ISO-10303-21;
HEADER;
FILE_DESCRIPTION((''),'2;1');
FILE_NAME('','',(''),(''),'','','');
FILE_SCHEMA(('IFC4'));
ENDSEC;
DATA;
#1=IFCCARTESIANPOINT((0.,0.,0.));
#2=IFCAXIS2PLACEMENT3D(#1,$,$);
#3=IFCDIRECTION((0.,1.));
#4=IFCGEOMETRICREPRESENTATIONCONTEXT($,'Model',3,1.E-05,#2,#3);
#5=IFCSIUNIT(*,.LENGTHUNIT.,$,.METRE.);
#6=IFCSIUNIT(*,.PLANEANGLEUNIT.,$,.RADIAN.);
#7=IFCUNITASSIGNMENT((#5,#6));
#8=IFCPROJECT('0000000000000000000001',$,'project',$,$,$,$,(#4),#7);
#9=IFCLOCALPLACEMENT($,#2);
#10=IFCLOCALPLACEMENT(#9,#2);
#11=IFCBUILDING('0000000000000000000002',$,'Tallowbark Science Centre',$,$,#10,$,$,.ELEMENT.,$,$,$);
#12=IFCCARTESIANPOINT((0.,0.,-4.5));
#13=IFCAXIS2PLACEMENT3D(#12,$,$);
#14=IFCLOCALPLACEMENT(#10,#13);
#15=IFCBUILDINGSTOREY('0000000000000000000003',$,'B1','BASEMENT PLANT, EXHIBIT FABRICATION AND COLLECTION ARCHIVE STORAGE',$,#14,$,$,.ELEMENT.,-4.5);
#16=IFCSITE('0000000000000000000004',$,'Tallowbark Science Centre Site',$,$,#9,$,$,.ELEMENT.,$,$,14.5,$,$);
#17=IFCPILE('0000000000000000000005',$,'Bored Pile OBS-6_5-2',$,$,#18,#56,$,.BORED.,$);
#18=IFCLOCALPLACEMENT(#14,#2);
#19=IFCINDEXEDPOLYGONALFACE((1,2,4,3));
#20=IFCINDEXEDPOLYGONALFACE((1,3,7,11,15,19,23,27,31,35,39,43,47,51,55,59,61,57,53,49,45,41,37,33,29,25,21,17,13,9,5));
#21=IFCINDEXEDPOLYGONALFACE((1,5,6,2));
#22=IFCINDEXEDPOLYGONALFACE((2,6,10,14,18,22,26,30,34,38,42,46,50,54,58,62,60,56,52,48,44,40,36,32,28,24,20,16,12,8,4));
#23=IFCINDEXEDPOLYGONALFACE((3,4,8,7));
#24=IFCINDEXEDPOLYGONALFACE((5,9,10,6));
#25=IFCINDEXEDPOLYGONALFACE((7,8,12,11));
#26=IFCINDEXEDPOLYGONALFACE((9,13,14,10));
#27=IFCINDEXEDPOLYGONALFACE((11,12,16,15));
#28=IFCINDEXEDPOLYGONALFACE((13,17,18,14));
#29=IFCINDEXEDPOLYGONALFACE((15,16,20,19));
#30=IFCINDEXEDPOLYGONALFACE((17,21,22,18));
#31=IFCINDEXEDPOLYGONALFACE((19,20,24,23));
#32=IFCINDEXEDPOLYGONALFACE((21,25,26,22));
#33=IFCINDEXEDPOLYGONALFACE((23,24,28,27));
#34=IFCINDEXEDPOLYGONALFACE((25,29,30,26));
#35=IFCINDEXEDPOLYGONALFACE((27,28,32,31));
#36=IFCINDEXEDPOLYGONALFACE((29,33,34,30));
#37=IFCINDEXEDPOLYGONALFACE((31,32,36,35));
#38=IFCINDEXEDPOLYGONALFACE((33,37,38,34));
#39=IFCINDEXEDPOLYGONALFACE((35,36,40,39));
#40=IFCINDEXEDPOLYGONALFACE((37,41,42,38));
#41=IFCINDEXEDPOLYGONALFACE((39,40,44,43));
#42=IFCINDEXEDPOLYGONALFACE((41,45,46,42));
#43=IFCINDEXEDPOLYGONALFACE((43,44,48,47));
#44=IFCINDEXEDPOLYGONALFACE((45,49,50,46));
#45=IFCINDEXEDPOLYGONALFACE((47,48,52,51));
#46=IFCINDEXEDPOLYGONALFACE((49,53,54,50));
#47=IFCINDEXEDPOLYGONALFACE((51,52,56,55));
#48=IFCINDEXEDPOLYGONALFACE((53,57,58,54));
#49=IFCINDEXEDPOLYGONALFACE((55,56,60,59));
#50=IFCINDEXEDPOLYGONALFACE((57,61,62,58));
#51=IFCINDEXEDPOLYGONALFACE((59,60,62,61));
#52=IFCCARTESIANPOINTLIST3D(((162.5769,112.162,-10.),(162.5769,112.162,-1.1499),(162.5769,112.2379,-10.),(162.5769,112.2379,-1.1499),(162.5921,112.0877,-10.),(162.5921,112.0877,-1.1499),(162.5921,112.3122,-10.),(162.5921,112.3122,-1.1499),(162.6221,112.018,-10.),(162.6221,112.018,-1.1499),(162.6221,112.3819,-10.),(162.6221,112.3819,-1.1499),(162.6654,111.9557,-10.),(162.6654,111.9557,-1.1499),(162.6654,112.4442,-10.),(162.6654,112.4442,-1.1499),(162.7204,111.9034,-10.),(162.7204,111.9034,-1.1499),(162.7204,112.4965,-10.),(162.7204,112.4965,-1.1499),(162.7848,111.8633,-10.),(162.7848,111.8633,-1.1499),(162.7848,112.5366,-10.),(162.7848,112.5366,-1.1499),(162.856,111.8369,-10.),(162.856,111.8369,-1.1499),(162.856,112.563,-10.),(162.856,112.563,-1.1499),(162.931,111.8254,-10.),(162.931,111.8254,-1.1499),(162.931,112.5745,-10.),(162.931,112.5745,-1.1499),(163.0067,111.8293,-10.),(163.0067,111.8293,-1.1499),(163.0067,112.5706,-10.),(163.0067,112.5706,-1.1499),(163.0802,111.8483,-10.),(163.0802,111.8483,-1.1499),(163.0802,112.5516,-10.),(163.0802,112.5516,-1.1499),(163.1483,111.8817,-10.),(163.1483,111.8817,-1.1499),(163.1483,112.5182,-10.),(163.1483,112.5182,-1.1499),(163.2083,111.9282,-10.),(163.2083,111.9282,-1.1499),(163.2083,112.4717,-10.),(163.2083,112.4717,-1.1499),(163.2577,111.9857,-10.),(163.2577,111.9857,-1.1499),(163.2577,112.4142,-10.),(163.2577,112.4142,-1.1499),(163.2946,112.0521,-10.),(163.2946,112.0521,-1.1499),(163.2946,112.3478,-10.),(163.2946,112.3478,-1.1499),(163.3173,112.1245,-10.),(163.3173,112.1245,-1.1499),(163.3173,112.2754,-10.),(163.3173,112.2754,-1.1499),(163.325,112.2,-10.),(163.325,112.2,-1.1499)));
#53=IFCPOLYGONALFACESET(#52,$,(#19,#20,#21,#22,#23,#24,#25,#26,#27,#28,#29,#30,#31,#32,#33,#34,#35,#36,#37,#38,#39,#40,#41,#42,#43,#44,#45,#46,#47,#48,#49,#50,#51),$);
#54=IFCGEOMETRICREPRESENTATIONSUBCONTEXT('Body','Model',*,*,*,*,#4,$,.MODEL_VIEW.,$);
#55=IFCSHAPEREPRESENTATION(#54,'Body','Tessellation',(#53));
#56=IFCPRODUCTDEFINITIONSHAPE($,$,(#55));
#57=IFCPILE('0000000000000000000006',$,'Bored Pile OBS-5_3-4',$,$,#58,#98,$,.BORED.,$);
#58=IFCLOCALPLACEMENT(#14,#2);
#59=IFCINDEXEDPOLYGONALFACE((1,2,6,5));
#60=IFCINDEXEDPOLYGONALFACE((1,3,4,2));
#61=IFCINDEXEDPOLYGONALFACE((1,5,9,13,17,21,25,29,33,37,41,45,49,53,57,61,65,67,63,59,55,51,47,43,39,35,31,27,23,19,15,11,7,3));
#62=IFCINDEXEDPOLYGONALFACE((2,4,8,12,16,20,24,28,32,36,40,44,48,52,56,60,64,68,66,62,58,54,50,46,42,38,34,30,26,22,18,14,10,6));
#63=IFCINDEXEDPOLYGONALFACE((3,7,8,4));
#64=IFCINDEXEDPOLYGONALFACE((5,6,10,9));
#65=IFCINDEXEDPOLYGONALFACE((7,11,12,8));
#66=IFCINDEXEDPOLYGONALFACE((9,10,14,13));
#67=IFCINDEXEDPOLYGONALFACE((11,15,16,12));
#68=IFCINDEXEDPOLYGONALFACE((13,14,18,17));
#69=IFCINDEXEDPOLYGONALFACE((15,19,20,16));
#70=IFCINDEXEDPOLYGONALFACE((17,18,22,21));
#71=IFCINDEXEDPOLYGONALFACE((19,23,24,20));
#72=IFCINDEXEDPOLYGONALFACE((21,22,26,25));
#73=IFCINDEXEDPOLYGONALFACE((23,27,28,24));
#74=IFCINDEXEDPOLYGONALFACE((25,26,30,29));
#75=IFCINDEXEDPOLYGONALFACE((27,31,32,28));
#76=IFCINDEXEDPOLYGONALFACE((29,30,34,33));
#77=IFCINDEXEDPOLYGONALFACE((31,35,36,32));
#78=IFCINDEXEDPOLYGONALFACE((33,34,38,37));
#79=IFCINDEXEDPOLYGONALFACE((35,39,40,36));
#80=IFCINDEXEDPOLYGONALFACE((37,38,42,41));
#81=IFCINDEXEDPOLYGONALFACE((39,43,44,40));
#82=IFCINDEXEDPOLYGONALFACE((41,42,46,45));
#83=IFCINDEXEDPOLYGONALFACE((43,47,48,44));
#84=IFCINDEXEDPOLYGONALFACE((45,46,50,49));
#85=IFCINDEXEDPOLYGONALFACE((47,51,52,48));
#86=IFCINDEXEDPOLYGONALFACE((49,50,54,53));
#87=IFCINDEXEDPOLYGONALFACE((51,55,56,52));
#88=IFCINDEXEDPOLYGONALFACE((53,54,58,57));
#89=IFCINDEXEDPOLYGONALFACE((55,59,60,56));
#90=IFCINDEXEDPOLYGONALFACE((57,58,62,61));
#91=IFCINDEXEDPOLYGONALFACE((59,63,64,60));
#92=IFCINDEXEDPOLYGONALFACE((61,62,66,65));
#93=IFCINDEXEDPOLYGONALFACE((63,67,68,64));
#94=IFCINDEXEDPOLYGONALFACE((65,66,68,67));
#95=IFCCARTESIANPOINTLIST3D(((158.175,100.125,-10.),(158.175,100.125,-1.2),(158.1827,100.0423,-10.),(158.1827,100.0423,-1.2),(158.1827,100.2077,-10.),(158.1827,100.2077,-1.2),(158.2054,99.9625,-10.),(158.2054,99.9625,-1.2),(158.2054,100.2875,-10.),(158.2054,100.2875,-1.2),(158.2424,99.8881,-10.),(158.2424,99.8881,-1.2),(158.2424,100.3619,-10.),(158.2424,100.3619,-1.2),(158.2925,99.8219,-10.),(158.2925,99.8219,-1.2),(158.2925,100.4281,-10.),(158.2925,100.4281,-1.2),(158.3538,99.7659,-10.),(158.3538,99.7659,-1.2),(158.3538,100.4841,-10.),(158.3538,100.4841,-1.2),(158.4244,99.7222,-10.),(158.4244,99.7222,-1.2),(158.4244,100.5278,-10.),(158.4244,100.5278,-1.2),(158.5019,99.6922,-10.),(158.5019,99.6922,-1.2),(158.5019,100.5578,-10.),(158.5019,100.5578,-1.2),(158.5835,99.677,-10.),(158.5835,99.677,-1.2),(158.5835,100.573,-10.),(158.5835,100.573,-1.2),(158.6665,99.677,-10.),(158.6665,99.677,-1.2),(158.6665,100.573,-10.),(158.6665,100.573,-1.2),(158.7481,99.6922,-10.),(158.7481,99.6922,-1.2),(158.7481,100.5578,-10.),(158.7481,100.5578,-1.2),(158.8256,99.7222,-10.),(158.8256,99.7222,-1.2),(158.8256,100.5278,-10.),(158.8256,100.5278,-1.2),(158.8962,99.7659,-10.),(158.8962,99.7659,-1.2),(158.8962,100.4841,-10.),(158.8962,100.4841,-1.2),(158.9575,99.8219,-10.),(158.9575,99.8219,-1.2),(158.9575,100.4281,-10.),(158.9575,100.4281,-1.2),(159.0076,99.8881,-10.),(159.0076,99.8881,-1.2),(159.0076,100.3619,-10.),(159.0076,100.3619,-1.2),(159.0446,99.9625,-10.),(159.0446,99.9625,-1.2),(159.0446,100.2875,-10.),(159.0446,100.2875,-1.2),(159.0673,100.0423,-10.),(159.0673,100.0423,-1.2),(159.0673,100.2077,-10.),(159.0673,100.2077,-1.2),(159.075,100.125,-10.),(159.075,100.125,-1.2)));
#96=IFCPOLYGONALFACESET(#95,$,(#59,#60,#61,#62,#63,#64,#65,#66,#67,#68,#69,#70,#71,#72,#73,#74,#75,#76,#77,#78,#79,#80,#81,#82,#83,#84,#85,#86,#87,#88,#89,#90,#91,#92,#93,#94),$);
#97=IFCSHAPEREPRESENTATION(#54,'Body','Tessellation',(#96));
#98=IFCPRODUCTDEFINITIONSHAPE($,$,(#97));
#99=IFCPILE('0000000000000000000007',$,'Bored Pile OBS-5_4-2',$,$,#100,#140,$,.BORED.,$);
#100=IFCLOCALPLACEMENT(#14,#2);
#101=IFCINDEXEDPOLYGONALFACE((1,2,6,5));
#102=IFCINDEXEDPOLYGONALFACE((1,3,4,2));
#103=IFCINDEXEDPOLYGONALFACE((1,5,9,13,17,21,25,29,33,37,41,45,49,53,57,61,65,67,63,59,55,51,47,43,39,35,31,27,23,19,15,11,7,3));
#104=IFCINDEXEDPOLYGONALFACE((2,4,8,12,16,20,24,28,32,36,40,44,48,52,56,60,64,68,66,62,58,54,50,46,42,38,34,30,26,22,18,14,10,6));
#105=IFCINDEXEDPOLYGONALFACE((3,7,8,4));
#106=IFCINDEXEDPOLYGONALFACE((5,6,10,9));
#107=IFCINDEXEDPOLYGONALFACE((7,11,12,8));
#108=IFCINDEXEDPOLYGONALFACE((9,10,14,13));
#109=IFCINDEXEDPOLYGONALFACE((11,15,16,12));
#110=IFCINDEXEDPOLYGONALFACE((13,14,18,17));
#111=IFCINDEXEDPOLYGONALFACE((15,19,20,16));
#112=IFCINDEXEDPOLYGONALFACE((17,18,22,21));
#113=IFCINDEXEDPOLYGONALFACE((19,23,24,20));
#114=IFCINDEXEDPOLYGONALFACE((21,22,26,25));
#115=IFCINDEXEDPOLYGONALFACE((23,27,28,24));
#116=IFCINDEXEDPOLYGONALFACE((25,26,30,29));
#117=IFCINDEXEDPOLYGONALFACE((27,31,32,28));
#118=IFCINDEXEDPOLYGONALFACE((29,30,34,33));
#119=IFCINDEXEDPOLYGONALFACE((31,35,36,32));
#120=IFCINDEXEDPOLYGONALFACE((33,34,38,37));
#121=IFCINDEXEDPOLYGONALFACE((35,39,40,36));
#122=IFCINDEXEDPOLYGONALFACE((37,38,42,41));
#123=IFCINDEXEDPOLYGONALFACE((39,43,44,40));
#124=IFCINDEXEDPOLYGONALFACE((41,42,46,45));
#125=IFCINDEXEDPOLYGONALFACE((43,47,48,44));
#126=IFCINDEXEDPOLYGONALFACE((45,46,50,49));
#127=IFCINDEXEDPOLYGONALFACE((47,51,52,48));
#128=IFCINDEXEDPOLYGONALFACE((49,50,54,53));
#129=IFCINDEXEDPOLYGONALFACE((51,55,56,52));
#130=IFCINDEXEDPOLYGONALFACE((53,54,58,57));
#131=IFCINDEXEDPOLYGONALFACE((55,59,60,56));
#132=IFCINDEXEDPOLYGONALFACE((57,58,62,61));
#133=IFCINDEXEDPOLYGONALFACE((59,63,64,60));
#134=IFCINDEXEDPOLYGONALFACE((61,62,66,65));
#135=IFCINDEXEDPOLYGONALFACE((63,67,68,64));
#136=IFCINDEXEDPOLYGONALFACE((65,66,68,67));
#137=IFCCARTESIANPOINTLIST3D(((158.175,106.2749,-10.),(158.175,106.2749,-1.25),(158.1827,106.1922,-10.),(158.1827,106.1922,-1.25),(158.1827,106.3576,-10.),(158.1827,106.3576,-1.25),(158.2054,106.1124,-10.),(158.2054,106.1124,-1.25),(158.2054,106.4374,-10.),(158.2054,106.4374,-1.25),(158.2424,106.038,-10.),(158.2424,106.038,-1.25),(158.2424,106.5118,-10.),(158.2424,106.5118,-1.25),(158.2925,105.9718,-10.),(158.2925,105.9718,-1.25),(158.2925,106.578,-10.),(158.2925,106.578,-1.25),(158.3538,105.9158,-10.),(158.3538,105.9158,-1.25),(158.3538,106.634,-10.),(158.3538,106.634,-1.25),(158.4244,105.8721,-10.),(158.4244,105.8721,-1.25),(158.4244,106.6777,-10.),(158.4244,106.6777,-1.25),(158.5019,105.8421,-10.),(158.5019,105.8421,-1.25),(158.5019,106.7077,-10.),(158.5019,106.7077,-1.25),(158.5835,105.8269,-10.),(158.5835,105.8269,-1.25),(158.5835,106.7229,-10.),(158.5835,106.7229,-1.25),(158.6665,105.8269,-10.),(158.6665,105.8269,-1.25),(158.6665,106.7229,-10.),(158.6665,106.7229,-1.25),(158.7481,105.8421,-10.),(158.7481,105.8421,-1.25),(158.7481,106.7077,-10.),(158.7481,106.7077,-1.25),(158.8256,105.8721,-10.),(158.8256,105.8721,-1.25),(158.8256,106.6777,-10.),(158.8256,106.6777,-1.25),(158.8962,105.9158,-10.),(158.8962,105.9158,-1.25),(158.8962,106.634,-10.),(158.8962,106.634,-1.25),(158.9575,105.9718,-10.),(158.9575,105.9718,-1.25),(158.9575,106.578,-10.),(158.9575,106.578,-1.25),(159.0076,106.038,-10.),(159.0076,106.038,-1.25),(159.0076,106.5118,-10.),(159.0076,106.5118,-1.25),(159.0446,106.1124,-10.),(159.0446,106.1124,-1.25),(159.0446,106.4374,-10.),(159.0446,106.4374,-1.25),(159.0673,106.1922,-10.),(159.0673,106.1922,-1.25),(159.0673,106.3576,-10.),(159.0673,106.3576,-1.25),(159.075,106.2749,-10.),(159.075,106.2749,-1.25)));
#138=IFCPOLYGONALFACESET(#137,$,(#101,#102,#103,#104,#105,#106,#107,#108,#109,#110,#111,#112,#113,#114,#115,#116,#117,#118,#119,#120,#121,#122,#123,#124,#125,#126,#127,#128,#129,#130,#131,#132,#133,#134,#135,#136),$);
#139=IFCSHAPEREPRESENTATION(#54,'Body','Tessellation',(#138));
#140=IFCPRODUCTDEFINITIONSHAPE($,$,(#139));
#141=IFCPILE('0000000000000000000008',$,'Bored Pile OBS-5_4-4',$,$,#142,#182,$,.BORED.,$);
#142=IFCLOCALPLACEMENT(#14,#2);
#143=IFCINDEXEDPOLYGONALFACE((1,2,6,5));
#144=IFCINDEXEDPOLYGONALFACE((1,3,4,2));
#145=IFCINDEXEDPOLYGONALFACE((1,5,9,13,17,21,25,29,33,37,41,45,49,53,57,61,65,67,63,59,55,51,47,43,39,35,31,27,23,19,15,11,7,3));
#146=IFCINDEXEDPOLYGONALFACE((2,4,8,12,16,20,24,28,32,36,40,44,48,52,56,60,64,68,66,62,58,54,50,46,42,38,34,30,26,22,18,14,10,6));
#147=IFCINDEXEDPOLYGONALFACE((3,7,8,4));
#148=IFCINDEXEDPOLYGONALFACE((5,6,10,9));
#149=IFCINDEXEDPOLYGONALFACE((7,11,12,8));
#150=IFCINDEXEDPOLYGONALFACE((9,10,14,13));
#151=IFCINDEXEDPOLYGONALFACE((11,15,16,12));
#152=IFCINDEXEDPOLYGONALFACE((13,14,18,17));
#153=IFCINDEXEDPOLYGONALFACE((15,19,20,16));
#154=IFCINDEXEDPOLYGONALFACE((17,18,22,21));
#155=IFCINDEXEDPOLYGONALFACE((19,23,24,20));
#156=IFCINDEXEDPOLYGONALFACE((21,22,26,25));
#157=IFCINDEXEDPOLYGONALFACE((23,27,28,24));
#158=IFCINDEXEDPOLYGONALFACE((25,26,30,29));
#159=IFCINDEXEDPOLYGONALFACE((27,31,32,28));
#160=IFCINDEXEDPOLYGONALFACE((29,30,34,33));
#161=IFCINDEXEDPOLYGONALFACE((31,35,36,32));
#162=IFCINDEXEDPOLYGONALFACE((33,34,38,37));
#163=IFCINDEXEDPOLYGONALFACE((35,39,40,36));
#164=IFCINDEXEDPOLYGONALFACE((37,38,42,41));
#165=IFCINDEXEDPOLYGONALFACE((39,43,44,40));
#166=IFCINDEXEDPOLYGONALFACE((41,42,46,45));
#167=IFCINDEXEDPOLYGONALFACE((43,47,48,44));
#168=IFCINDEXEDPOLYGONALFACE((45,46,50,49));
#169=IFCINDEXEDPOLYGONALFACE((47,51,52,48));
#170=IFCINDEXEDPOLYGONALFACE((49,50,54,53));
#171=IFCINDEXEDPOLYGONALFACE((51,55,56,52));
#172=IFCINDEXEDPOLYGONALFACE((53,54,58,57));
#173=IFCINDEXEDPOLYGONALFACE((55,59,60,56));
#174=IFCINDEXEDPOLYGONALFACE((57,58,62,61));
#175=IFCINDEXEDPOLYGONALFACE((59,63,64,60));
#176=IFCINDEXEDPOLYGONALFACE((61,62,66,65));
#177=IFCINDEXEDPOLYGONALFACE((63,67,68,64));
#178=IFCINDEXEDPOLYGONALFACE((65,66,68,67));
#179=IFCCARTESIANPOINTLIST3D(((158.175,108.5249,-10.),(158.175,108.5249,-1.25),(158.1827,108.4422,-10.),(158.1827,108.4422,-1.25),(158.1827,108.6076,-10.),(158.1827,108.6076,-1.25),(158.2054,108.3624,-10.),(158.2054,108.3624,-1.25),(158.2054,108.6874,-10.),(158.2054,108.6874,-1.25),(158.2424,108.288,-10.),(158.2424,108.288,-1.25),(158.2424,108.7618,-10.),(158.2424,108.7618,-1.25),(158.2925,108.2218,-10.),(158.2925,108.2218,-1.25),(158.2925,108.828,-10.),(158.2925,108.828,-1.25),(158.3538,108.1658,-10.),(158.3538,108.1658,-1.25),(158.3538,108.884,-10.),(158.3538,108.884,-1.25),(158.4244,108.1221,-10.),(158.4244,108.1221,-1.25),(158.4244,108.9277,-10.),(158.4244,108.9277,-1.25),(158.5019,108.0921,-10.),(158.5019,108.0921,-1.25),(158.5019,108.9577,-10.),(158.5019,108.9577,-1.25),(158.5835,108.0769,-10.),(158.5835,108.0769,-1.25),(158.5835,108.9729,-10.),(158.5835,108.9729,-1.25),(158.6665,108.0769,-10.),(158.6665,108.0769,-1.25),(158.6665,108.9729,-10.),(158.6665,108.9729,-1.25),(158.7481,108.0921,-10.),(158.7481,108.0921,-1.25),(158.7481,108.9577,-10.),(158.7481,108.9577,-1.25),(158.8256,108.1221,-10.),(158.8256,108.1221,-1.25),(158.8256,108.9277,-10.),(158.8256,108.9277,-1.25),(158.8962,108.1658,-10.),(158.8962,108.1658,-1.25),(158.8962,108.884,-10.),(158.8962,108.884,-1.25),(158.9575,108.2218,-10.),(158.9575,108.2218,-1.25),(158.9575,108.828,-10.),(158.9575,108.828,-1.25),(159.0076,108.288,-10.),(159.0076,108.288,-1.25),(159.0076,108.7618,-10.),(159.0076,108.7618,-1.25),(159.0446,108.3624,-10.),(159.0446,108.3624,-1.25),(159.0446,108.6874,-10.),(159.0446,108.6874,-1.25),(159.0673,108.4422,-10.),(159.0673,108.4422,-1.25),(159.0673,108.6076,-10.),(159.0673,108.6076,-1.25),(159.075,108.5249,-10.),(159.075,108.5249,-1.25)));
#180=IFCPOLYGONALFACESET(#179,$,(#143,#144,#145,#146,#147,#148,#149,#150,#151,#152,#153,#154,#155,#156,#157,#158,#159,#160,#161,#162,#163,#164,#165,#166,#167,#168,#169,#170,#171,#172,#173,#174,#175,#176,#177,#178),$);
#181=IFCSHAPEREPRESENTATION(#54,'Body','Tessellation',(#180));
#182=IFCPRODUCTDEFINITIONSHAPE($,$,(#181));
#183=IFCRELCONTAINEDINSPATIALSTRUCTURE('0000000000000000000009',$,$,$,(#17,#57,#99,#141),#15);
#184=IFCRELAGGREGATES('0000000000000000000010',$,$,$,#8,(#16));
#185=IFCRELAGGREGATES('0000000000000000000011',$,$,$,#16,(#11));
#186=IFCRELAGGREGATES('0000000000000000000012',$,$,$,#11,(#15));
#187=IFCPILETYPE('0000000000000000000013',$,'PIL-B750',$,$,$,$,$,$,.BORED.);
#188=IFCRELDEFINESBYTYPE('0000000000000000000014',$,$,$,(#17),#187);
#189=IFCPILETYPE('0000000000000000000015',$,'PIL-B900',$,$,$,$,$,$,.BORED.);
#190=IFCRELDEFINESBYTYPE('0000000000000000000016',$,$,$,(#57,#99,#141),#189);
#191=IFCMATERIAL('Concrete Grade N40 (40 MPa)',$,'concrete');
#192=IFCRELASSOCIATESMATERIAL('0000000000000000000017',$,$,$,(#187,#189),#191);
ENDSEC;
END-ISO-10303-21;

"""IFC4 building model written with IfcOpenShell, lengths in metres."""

from ifc_helpers import new_model, si_unit, direction, frame, origin, origin_2d, place, context, subcontext, project, spatial, circle, extrude, material, material_profile, profile_set, type_object, element, save


model = new_model("IFC4")

# Units and contexts
model_context = context("Model", 3, precision=1e-05, world=origin(), true_north=direction((0.0, 1.0)))
body_context = subcontext(model_context, "Body", "Model", "MODEL_VIEW")
ifc_project = project(units=[si_unit("LENGTHUNIT", "METRE"), si_unit("PLANEANGLEUNIT", "RADIAN")], contexts=[model_context])

# Site, building, storey
site_placement = place(None, origin())
site = spatial("IfcSite", under=ifc_project, at=site_placement, Name="Tallowbark Science Centre Site", CompositionType="ELEMENT", RefElevation=14.5)
building_placement = place(site_placement, origin())
building = spatial("IfcBuilding", under=site, at=building_placement, Name="Tallowbark Science Centre", CompositionType="ELEMENT")
storey_placement = place(building_placement, frame((0.0, 0.0, -4.5)))
storey = spatial("IfcBuildingStorey", under=building, at=storey_placement, Name="B1", Description="BASEMENT PLANT, EXHIBIT FABRICATION AND COLLECTION ARCHIVE STORAGE", CompositionType="ELEMENT", Elevation=-4.5)

# Shared definitions
ifc_material_1 = material(Name="Concrete Grade N40 (40 MPa)", Category="concrete")

# Piles
ifc_material_profile_1 = material_profile(ifc_material_1, circle(Radius=0.375, at=origin_2d()), Name="PILE750")
ifc_profile_set_1 = profile_set([ifc_material_profile_1], Name="Concrete Grade N40 (40 MPa)")
pile_type_1 = type_object("IfcPileType", Name="PIL-B750", PredefinedType="BORED", material=ifc_profile_set_1)
for number, where, z_axis, x_axis, name in (
    (1, (162.95, 112.2, -1.1499), (0.0, 0.0, -1.0), (1.0, 0.0, 0.0), "Bored Pile OBS-6_5-2"),
):
    element("IfcPile", number, at=place(storey_placement, frame(where, z_axis=z_axis, x_axis=x_axis)), inside=storey, type_object=pile_type_1, Name=name, PredefinedType="BORED", context=body_context, shape_type="SweptSolid", body=[
        extrude(circle(Radius=0.375, at=origin_2d()), origin(), (0.0, 0.0, 1.0), 8.8501),
    ])
ifc_material_profile_2 = material_profile(ifc_material_1, circle(Radius=0.45, at=origin_2d()), Name="PILE900")
ifc_profile_set_2 = profile_set([ifc_material_profile_2], Name="Concrete Grade N40 (40 MPa)")
pile_type_2 = type_object("IfcPileType", Name="PIL-B900", PredefinedType="BORED", material=ifc_profile_set_2)
pile_placement = place(storey_placement, frame((158.625, 100.125, -1.2), z_axis=(0.0, 0.0, -1.0), x_axis=(1.0, 0.0, 0.0)))
element("IfcPile", 2, at=pile_placement, inside=storey, type_object=pile_type_2, Name="Bored Pile OBS-5_3-4", PredefinedType="BORED", context=body_context, shape_type="SweptSolid", body=[
    extrude(circle(Radius=0.45, at=origin_2d()), origin(), (0.0, 0.0, 1.0), 8.8),
])
for number, where, z_axis, x_axis, name in (
    (3, (158.625, 106.2749, -1.25), (0.0, 0.0, -1.0), (1.0, 0.0, 0.0), "Bored Pile OBS-5_4-2"),
    (4, (158.625, 108.5249, -1.25), (0.0, 0.0, -1.0), (1.0, 0.0, 0.0), "Bored Pile OBS-5_4-4"),
):
    element("IfcPile", number, at=place(storey_placement, frame(where, z_axis=z_axis, x_axis=x_axis)), inside=storey, type_object=pile_type_2, Name=name, PredefinedType="BORED", context=body_context, shape_type="SweptSolid", body=[
        extrude(circle(Radius=0.45, at=origin_2d()), origin(), (0.0, 0.0, 1.0), 8.75),
    ])

save(model, "model.ifc")
